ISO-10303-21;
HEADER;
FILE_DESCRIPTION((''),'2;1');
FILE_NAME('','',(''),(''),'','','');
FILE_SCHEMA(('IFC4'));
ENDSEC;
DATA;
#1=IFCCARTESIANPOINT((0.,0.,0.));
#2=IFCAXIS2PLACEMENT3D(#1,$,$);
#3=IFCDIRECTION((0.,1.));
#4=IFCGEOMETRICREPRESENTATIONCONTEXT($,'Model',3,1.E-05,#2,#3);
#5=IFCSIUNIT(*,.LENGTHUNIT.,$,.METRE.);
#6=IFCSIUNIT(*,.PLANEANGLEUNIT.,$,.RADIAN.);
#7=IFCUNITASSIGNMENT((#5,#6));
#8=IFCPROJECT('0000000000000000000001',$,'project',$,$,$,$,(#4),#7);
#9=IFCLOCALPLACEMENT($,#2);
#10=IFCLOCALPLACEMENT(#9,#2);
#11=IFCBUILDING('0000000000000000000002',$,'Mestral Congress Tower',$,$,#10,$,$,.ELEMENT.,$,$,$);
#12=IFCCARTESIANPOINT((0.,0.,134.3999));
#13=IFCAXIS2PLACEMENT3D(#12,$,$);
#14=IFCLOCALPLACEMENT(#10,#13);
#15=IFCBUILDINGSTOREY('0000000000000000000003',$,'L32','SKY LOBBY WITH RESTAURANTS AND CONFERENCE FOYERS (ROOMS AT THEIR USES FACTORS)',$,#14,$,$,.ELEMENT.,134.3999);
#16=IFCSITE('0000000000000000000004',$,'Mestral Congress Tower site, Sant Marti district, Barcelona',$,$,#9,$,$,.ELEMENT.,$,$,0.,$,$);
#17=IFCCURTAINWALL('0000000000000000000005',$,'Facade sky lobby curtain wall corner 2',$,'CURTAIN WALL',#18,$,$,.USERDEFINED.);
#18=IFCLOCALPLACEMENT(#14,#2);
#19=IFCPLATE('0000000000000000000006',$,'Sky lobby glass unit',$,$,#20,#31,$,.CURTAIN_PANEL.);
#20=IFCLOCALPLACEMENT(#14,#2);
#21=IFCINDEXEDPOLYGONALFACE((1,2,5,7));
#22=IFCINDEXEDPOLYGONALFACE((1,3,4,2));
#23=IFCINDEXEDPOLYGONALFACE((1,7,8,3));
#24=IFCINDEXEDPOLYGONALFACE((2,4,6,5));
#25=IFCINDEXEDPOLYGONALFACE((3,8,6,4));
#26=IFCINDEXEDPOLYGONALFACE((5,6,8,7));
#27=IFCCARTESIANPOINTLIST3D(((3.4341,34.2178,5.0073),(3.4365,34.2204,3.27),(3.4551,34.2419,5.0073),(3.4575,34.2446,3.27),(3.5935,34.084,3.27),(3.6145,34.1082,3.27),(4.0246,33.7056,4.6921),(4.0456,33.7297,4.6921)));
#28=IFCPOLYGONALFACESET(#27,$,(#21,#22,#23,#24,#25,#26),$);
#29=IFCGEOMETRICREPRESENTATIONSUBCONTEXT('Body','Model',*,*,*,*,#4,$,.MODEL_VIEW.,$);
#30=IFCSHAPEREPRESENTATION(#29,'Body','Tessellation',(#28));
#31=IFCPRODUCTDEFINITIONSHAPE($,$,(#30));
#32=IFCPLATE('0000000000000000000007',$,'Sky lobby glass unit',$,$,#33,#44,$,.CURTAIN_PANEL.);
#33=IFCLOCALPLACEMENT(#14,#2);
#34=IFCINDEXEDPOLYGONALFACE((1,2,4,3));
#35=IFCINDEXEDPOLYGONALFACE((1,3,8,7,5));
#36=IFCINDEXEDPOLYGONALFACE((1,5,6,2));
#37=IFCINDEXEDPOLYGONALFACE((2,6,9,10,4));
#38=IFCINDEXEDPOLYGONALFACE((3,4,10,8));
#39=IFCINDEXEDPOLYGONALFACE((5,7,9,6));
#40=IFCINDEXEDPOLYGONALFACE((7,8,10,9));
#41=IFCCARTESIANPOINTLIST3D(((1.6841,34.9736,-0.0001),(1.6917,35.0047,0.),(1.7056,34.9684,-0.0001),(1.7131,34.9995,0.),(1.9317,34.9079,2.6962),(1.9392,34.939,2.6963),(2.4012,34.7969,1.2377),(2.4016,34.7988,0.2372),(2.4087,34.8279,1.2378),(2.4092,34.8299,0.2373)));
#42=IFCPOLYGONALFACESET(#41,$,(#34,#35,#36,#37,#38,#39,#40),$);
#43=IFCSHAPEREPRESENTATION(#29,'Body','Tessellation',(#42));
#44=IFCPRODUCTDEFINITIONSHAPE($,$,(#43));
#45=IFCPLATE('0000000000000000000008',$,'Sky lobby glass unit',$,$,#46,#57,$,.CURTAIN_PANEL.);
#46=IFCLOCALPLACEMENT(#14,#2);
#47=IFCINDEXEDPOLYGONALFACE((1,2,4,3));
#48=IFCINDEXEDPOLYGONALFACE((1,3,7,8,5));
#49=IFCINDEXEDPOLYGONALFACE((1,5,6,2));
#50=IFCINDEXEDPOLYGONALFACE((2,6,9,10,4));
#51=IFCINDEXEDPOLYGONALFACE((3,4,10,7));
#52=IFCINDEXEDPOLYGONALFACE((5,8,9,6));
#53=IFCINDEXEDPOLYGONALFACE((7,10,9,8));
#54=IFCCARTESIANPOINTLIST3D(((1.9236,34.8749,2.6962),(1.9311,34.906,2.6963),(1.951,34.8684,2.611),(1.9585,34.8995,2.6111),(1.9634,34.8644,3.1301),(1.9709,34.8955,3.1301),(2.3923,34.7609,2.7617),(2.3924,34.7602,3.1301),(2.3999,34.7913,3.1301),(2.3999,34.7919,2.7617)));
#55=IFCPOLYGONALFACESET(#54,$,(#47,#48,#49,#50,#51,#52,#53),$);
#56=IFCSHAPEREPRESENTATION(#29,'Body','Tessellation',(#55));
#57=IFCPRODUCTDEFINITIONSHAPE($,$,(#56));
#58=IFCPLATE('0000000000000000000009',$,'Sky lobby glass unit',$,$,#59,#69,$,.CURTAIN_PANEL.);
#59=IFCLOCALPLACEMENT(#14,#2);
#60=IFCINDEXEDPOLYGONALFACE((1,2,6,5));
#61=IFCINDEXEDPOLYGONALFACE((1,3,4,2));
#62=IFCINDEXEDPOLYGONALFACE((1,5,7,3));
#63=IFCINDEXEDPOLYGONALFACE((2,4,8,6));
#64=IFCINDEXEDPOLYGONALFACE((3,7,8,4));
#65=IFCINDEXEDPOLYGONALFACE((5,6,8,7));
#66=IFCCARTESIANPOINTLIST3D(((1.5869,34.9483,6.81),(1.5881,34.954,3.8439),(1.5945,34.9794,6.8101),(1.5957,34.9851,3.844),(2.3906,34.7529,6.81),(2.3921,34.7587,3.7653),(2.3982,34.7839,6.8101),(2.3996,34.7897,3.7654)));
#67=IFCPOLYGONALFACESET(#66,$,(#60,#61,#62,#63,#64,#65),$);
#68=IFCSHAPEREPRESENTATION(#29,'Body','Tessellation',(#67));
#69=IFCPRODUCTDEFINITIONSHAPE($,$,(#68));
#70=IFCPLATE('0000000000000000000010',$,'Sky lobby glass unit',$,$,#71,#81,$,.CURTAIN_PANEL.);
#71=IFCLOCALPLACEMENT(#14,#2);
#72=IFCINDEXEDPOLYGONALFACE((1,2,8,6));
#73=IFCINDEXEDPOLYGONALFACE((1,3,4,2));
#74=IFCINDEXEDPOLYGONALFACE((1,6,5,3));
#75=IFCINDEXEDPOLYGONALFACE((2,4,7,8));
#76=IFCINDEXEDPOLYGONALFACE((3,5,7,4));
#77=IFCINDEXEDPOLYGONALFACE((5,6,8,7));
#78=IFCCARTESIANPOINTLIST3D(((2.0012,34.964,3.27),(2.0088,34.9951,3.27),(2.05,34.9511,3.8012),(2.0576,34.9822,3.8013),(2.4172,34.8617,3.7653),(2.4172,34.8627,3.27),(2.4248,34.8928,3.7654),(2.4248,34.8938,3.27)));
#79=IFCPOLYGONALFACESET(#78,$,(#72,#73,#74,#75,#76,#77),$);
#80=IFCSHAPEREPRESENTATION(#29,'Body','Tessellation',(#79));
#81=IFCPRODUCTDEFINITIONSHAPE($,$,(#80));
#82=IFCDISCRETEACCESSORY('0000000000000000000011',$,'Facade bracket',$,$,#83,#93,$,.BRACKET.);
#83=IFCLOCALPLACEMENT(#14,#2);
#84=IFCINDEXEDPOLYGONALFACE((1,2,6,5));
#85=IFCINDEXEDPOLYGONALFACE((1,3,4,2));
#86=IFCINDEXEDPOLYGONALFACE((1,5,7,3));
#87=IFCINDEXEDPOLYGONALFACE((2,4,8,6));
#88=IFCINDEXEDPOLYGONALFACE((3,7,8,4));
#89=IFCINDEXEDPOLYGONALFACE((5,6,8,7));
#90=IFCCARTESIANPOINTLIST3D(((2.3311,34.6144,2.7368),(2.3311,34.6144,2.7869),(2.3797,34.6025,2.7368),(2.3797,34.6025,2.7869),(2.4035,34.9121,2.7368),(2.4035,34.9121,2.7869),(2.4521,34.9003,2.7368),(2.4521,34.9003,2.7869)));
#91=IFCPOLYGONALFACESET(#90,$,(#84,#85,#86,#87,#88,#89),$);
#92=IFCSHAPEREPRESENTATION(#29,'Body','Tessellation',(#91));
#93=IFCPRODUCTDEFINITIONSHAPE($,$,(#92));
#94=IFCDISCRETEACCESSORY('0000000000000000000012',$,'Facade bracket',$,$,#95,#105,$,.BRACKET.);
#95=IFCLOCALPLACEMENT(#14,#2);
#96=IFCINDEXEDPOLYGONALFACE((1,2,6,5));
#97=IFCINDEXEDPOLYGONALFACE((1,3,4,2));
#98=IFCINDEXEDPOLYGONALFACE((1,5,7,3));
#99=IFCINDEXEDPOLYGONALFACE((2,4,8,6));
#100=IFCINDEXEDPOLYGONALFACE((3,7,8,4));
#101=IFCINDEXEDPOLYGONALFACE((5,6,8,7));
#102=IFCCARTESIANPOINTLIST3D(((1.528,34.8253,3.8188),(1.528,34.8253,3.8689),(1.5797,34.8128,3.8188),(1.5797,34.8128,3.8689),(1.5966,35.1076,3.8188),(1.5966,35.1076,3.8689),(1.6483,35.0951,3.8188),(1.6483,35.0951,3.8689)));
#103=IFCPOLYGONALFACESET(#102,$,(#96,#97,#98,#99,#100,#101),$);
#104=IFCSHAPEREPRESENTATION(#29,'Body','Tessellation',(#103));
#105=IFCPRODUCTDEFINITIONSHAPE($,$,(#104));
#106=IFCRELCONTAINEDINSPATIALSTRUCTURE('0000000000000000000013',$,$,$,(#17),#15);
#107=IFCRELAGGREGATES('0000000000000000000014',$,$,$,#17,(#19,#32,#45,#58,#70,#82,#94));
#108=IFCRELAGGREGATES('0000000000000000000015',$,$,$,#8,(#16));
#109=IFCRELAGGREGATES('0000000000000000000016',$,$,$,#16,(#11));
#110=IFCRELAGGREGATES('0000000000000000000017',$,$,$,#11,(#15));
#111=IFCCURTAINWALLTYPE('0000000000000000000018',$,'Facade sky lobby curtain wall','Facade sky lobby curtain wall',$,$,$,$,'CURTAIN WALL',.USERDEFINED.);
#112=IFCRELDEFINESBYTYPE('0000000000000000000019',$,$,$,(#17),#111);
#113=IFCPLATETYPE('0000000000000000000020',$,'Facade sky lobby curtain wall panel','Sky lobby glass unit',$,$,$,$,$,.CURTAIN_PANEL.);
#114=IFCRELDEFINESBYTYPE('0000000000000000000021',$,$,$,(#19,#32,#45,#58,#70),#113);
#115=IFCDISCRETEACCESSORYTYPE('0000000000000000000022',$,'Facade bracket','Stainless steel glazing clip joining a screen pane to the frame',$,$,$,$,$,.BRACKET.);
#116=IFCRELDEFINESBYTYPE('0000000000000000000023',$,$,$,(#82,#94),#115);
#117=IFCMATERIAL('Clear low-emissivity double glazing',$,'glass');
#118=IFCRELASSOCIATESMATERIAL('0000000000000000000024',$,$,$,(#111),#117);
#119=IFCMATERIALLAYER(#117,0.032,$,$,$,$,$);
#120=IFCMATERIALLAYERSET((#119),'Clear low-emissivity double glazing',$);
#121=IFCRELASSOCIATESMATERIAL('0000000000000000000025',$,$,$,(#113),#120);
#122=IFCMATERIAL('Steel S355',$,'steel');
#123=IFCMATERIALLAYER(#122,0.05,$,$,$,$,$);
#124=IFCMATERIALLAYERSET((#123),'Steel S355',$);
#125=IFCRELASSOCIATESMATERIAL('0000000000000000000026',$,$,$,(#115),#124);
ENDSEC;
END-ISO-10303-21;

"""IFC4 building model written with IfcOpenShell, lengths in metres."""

from ifc_helpers import new_model, si_unit, direction, frame, origin, origin_2d, place, context, subcontext, project, spatial, polyline, rectangle, outline, extrude, material, layer, layer_set, type_object, element, aggregate, save


model = new_model("IFC4")

# Units and contexts
model_context = context("Model", 3, precision=1e-05, world=origin(), true_north=direction((0.0, 1.0)))
body_context = subcontext(model_context, "Body", "Model", "MODEL_VIEW")
ifc_project = project(units=[si_unit("LENGTHUNIT", "METRE"), si_unit("PLANEANGLEUNIT", "RADIAN")], contexts=[model_context])

# Site, building, storey
site_placement = place(None, origin())
site = spatial("IfcSite", under=ifc_project, at=site_placement, Name="Mestral Congress Tower site, Sant Marti district, Barcelona", CompositionType="ELEMENT", RefElevation=0.0)
building_placement = place(site_placement, origin())
building = spatial("IfcBuilding", under=site, at=building_placement, Name="Mestral Congress Tower", CompositionType="ELEMENT")
storey_placement = place(building_placement, frame((0.0, 0.0, 134.3999)))
storey = spatial("IfcBuildingStorey", under=building, at=storey_placement, Name="L32", Description="SKY LOBBY WITH RESTAURANTS AND CONFERENCE FOYERS (ROOMS AT THEIR USES FACTORS)", CompositionType="ELEMENT", Elevation=134.3999)

# Shared definitions
ifc_material_1 = material(Name="Steel S355", Category="steel")

# Curtain wall
ifc_material_2 = material(Name="Clear low-emissivity double glazing", Category="glass")
curtain_wall_type = type_object("IfcCurtainWallType", Name="Facade sky lobby curtain wall", Description="Facade sky lobby curtain wall", ElementType="CURTAIN WALL", PredefinedType="USERDEFINED", material=ifc_material_2)
curtain_wall_placement = place(storey_placement, origin())
curtain_wall = element("IfcCurtainWall", 1, at=curtain_wall_placement, inside=storey, type_object=curtain_wall_type, Name="Facade sky lobby curtain wall corner 2", ObjectType="CURTAIN WALL", PredefinedType="USERDEFINED")

# Plates
ifc_layer_1 = layer(ifc_material_2, 0.032)
ifc_layer_set_1 = layer_set([ifc_layer_1], Name="Clear low-emissivity double glazing")
plate_type_1 = type_object("IfcPlateType", Name="Facade sky lobby curtain wall panel", Description="Sky lobby glass unit", PredefinedType="CURTAIN_PANEL", material=ifc_layer_set_1)
plate_1_placement = place(storey_placement, frame((3.4551, 34.2419, 5.0073), z_axis=(0.655883, 0.754859, 0.002056), x_axis=(0.001384, 0.001521, -0.999998)))
plate_1 = element("IfcPlate", 2, at=plate_1_placement, type_object=plate_type_1, Name="Sky lobby glass unit", PredefinedType="CURTAIN_PANEL", context=body_context, shape_type="SweptSolid", body=[
    extrude(outline(polyline([(0.0, 0.0), (1.7373, 0.0), (1.7373, -0.208), (0.3152, -0.7817), (0.0, 0.0)])), origin(), (0.0, 0.0, -1.0), 0.032),
])
plate_2_placement = place(storey_placement, frame((1.7131, 34.9995, 0.0), z_axis=(0.236084, 0.97173, 0.002025), x_axis=(0.922295, -0.224729, 0.314433)))
plate_2 = element("IfcPlate", 3, at=plate_2_placement, type_object=plate_type_1, Name="Sky lobby glass unit", PredefinedType="CURTAIN_PANEL", context=body_context, shape_type="SweptSolid", body=[
    extrude(outline(polyline([(0.0, 0.0), (0.7547, 0.0), (1.0693, -0.9497), (1.0699, -2.486), (-0.021, -0.0069), (0.0, 0.0)])), origin(), (0.0, 0.0, -1.0), 0.032),
])
plate_3_placement = place(storey_placement, frame((2.3999, 34.7913, 3.1301), z_axis=(0.236134, 0.971719, 0.00176), x_axis=(-0.97172, 0.236134, 0.0)))
plate_3 = element("IfcPlate", 4, at=plate_3_placement, type_object=plate_type_1, Name="Sky lobby glass unit", PredefinedType="CURTAIN_PANEL", context=body_context, shape_type="SweptSolid", body=[
    extrude(outline(polyline([(0.0, 0.0), (0.4414, 0.0), (0.4826, -0.4338), (0.4545, -0.519), (0.0002, -0.3684), (0.0, 0.0)])), origin(), (0.0, 0.0, -1.0), 0.032),
])
plate_4_placement = place(storey_placement, frame((2.3982, 34.7839, 6.8101), z_axis=(0.236336, 0.971669, 0.001961), x_axis=(-0.971671, 0.236337, 0.0)))
plate_4 = element("IfcPlate", 5, at=plate_4_placement, type_object=plate_type_1, Name="Sky lobby glass unit", PredefinedType="CURTAIN_PANEL", context=body_context, shape_type="SweptSolid", body=[
    extrude(outline(polyline([(0.0, 0.0), (0.8272, 0.0), (0.8273, -2.9661), (0.0, -3.0447), (0.0, 0.0)])), origin(), (0.0, 0.0, -1.0), 0.032),
])
plate_5_placement = place(storey_placement, frame((2.4248, 34.8938, 3.27), z_axis=(0.236627, 0.971599, 0.001916), x_axis=(0.0, -0.001972, 0.999998)))
plate_5 = element("IfcPlate", 6, at=plate_5_placement, type_object=plate_type_1, Name="Sky lobby glass unit", PredefinedType="CURTAIN_PANEL", context=body_context, shape_type="SweptSolid", body=[
    extrude(outline(polyline([(0.0, 0.0), (0.4954, 0.0), (0.5311, -0.3779), (-0.0002, -0.4282), (0.0, 0.0)])), origin(), (0.0, 0.0, -1.0), 0.032),
])

# Discrete accessories
ifc_layer_2 = layer(ifc_material_1, 0.05)
ifc_layer_set_2 = layer_set([ifc_layer_2], Name="Steel S355")
discrete_accessory_type = type_object("IfcDiscreteAccessoryType", Name="Facade bracket", Description="Stainless steel glazing clip joining a screen pane to the frame", PredefinedType="BRACKET", material=ifc_layer_set_2)
discrete_accessory_1_placement = place(storey_placement, frame((2.3916, 34.7573, 2.7368), z_axis=(0.0, 0.0, 1.0), x_axis=(-0.971722, 0.236129, 0.0)))
discrete_accessory_1 = element("IfcDiscreteAccessory", 7, at=discrete_accessory_1_placement, type_object=discrete_accessory_type, Name="Facade bracket", PredefinedType="BRACKET", context=body_context, shape_type="SweptSolid", body=[
    extrude(rectangle(XDim=0.05, YDim=0.3064, at=origin_2d()), origin(), (0.0, 0.0, 1.0), 0.05),
])
discrete_accessory_2_placement = place(storey_placement, frame((1.5881, 34.9602, 3.8188), z_axis=(0.0, 0.0, 1.0), x_axis=(-0.97174, 0.236053, 0.0)))
discrete_accessory_2 = element("IfcDiscreteAccessory", 8, at=discrete_accessory_2_placement, type_object=discrete_accessory_type, Name="Facade bracket", PredefinedType="BRACKET", context=body_context, shape_type="SweptSolid", body=[
    extrude(rectangle(XDim=0.0532, YDim=0.2905, at=origin_2d()), origin(), (0.0, 0.0, 1.0), 0.05),
])
aggregate(curtain_wall, [plate_1, plate_2, plate_3, plate_4, plate_5, discrete_accessory_1, discrete_accessory_2])

save(model, "model.ifc")
